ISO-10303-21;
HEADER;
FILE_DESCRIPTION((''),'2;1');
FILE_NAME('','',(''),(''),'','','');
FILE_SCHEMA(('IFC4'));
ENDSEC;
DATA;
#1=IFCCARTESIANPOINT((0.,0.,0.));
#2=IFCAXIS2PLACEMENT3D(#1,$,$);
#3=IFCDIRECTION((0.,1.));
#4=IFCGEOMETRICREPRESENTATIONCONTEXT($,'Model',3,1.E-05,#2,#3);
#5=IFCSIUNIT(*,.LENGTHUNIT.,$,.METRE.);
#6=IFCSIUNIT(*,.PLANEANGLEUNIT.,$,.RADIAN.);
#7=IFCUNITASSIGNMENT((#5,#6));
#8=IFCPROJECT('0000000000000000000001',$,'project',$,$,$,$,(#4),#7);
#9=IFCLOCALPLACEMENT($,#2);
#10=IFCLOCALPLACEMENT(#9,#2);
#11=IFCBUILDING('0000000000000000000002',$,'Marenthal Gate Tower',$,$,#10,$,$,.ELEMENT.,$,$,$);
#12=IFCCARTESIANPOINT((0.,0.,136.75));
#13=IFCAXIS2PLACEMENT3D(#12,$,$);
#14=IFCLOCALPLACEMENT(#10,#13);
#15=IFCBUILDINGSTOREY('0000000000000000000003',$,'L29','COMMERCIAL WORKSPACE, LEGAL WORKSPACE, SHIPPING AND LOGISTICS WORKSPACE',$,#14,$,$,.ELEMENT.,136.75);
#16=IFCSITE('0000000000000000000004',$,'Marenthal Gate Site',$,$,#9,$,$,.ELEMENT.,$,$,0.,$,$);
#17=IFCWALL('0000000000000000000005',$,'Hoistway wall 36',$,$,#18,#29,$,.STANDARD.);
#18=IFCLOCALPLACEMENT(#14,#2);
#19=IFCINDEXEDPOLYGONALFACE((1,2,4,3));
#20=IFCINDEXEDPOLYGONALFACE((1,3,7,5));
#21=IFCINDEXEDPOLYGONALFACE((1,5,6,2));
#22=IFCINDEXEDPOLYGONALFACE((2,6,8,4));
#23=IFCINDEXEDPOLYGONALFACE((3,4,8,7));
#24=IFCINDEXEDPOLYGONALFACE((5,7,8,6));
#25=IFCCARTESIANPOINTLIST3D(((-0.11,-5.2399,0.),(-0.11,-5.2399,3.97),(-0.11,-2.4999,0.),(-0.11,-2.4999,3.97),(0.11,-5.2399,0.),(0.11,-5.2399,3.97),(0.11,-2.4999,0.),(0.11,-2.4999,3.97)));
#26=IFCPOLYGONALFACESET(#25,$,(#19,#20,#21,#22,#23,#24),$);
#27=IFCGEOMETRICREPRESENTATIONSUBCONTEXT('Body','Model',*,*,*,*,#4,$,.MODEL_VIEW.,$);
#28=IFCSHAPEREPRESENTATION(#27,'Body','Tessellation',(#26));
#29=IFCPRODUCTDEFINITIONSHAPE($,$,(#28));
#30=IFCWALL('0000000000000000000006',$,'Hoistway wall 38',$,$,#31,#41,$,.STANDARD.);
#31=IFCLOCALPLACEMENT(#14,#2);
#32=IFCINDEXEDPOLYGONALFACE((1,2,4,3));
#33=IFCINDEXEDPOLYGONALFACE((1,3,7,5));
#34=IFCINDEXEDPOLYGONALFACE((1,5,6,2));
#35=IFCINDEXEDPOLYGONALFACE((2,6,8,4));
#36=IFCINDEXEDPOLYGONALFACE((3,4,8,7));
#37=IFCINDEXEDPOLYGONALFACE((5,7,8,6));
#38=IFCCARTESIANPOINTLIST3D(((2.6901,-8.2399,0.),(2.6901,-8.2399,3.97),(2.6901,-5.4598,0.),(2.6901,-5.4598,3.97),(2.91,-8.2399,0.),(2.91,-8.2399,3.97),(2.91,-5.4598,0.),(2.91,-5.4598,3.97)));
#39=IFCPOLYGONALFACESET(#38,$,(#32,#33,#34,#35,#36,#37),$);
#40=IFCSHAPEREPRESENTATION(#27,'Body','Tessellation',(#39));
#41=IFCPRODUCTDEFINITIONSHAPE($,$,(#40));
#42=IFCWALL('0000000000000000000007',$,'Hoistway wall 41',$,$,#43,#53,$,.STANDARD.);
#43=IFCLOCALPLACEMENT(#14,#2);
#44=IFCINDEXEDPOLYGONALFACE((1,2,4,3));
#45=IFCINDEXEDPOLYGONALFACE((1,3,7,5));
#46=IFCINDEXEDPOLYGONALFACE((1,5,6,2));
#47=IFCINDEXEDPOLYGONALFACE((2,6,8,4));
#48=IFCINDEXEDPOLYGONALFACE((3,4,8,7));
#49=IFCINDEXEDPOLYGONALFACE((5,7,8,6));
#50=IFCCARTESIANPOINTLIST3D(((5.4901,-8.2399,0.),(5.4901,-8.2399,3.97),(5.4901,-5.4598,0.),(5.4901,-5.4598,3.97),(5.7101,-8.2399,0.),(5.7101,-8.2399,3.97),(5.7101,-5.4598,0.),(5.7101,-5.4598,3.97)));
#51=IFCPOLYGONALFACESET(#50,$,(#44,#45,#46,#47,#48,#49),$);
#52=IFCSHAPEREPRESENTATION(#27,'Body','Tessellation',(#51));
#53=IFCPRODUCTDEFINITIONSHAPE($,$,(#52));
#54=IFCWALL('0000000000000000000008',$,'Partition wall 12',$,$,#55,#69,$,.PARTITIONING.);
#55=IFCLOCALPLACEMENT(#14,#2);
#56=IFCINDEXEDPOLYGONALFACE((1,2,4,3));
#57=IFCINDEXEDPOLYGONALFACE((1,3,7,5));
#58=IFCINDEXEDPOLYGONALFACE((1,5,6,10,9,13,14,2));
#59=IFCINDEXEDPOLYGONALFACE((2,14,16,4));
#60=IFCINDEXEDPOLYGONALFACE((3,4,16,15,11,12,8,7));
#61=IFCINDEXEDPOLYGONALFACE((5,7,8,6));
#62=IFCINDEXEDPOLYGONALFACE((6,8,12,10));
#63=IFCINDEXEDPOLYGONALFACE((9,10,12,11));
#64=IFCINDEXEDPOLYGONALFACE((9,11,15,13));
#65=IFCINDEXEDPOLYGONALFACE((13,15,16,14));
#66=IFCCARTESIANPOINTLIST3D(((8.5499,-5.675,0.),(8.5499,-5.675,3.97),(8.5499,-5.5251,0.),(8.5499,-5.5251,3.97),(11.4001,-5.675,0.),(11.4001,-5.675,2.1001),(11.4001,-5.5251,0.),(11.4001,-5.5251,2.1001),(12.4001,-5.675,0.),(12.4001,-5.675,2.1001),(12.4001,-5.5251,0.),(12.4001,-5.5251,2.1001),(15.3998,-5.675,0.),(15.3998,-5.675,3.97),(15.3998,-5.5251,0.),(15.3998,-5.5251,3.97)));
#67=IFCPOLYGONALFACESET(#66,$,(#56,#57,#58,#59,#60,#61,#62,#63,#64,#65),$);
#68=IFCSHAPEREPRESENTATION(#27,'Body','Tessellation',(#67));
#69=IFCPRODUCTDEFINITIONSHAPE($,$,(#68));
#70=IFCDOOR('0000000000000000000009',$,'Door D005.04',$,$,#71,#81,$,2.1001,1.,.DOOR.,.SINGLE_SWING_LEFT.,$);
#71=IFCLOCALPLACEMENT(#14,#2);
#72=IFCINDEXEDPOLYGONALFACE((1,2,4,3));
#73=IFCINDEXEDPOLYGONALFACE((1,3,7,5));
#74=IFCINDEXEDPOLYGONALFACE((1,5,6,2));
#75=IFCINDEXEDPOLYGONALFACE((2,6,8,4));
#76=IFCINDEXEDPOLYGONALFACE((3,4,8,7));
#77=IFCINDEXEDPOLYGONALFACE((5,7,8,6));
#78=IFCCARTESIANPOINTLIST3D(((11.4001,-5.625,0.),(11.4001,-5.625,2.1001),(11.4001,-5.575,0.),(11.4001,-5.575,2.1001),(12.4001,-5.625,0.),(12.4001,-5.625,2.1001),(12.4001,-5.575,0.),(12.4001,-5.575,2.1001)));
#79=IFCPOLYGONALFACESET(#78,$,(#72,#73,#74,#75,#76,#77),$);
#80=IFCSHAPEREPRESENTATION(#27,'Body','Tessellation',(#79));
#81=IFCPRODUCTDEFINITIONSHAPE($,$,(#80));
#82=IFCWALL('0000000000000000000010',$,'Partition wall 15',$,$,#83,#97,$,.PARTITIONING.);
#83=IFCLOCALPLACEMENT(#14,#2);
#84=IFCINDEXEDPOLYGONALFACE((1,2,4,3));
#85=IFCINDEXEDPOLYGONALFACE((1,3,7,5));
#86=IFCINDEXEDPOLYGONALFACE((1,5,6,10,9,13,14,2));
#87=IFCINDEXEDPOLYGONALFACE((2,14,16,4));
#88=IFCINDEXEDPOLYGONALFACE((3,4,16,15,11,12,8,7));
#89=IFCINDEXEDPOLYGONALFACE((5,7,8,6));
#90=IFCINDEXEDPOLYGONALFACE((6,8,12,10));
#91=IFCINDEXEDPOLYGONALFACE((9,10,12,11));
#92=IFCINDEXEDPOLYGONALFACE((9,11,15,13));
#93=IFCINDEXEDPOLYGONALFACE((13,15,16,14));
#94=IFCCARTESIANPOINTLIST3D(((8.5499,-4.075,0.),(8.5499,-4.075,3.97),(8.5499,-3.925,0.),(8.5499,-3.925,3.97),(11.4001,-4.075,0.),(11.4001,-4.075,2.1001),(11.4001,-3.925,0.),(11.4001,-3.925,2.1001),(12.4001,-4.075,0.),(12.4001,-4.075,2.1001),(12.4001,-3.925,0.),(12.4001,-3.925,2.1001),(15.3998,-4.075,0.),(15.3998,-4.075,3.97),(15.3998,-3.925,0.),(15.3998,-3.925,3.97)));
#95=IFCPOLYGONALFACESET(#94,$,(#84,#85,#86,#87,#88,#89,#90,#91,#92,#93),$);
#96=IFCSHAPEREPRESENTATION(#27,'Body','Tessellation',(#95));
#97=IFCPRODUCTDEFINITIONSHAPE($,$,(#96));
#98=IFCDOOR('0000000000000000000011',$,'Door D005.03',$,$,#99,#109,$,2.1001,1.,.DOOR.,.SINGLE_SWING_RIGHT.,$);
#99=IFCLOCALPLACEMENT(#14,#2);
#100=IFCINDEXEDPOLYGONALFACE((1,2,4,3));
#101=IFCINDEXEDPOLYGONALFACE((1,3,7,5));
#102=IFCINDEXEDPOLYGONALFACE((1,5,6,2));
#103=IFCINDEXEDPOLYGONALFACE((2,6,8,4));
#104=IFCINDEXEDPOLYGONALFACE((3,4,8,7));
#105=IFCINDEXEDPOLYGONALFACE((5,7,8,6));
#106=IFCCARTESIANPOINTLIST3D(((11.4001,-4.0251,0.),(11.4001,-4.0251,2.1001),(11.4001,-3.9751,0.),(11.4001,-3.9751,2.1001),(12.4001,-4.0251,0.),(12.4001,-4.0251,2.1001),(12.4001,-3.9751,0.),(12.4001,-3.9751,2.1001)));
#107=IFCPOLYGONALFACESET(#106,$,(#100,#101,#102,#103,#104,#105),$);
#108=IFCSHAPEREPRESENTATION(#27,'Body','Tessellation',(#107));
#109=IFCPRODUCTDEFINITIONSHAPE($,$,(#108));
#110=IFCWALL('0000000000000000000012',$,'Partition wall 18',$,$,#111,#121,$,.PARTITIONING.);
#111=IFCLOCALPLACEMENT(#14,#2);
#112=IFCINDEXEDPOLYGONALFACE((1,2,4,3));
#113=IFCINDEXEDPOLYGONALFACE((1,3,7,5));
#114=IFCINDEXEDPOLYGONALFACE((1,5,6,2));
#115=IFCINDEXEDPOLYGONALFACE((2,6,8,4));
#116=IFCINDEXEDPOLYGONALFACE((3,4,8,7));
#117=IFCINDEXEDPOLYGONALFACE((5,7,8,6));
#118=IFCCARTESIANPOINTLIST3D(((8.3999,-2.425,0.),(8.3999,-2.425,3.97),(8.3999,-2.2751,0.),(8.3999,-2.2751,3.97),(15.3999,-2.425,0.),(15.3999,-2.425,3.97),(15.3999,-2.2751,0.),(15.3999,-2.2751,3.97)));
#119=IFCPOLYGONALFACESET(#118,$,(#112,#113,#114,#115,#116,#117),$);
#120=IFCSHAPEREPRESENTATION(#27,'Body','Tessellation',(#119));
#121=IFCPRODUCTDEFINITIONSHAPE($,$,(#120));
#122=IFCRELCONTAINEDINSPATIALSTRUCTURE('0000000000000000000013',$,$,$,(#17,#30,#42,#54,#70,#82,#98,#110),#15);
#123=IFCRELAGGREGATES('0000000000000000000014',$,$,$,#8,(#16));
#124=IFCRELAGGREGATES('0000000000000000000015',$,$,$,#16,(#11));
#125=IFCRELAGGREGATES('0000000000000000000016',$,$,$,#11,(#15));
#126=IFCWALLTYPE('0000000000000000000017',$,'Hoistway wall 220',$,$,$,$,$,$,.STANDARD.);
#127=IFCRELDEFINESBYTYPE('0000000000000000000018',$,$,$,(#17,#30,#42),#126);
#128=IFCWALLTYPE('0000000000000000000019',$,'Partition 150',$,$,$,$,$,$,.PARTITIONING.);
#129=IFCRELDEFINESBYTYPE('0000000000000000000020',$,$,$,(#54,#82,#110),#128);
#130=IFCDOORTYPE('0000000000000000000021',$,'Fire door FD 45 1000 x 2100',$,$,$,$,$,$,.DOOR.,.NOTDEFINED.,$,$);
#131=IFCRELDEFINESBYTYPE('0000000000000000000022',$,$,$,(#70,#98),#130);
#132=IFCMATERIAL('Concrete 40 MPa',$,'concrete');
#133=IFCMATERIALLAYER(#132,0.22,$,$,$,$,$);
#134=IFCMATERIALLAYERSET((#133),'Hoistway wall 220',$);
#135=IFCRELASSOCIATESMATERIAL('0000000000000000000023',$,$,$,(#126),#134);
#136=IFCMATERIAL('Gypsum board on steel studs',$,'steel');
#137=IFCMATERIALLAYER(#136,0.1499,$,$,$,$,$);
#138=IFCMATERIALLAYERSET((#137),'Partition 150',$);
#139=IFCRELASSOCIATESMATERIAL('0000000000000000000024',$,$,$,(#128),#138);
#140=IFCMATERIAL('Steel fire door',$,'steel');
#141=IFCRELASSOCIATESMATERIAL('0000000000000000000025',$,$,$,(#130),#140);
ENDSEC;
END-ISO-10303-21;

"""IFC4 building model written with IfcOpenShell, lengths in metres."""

from ifc_helpers import new_model, si_unit, direction, frame, frame_2d, origin, place, context, subcontext, project, spatial, rectangle, extrude, material, layer, layer_set, type_object, element, fill, save


model = new_model("IFC4")

# Units and contexts
model_context = context("Model", 3, precision=1e-05, world=origin(), true_north=direction((0.0, 1.0)))
body_context = subcontext(model_context, "Body", "Model", "MODEL_VIEW")
ifc_project = project(units=[si_unit("LENGTHUNIT", "METRE"), si_unit("PLANEANGLEUNIT", "RADIAN")], contexts=[model_context])

# Site, building, storey
site_placement = place(None, origin())
site = spatial("IfcSite", under=ifc_project, at=site_placement, Name="Marenthal Gate Site", CompositionType="ELEMENT", RefElevation=0.0)
building_placement = place(site_placement, origin())
building = spatial("IfcBuilding", under=site, at=building_placement, Name="Marenthal Gate Tower", CompositionType="ELEMENT")
storey_placement = place(building_placement, frame((0.0, 0.0, 136.75)))
storey = spatial("IfcBuildingStorey", under=building, at=storey_placement, Name="L29", Description="COMMERCIAL WORKSPACE, LEGAL WORKSPACE, SHIPPING AND LOGISTICS WORKSPACE", CompositionType="ELEMENT", Elevation=136.75)

# Walls
ifc_material_1 = material(Name="Concrete 40 MPa", Category="concrete")
ifc_layer_1 = layer(ifc_material_1, 0.22)
ifc_layer_set_1 = layer_set([ifc_layer_1], Name="Hoistway wall 220")
wall_type_1 = type_object("IfcWallType", Name="Hoistway wall 220", PredefinedType="STANDARD", material=ifc_layer_set_1)
wall_1_placement = place(storey_placement, frame((0.0, -5.24, 0.0), z_axis=(0.0, 0.0, 1.0), x_axis=(0.0, 1.0, 0.0)))
element("IfcWall", 1, at=wall_1_placement, inside=storey, type_object=wall_type_1, Name="Hoistway wall 36", PredefinedType="STANDARD", context=body_context, shape_type="SweptSolid", body=[
    extrude(rectangle(XDim=2.74, YDim=0.22, at=frame_2d((1.3701, 0.0))), origin(), (0.0, 0.0, 1.0), 3.97),
])
for number, where, z_axis, x_axis, name in (
    (2, (2.8, -8.24, 0.0), (0.0, 0.0, 1.0), (0.0, 1.0, 0.0), "Hoistway wall 38"),
    (3, (5.6001, -8.24, 0.0), (0.0, 0.0, 1.0), (0.0, 1.0, 0.0), "Hoistway wall 41"),
):
    element("IfcWall", number, at=place(storey_placement, frame(where, z_axis=z_axis, x_axis=x_axis)), inside=storey, type_object=wall_type_1, Name=name, PredefinedType="STANDARD", context=body_context, shape_type="SweptSolid", body=[
        extrude(rectangle(XDim=2.78, YDim=0.22, at=frame_2d((1.3901, 0.0))), origin(), (0.0, 0.0, 1.0), 3.97),
    ])

# Walls, openings, doors
ifc_material_2 = material(Name="Gypsum board on steel studs", Category="steel")
ifc_layer_2 = layer(ifc_material_2, 0.1499)
ifc_layer_set_2 = layer_set([ifc_layer_2], Name="Partition 150")
wall_type_2 = type_object("IfcWallType", Name="Partition 150", PredefinedType="PARTITIONING", material=ifc_layer_set_2)
wall_2_placement = place(storey_placement, frame((8.55, -5.6001, 0.0), z_axis=(0.0, 0.0, 1.0), x_axis=(1.0, 0.0, 0.0)))
wall_2 = element("IfcWall", 4, at=wall_2_placement, inside=storey, type_object=wall_type_2, Name="Partition wall 12", PredefinedType="PARTITIONING", context=body_context, shape_type="SweptSolid", body=[
    extrude(rectangle(XDim=6.8499, YDim=0.1499, at=frame_2d((3.4248, 0.0))), origin(), (0.0, 0.0, 1.0), 3.97),
])
opening_1_placement = place(wall_2_placement, frame((2.8501, 0.0, 0.0)))
opening_1 = element("IfcOpeningElement", 5, at=opening_1_placement, cuts=wall_2, PredefinedType="OPENING", context=body_context, shape_type="SweptSolid", body=[
    extrude(rectangle(XDim=1.0, YDim=2.1001, at=frame_2d((0.5, 1.05))), frame((0.0, 0.085, 0.0), z_axis=(0.0, -1.0, 0.0), x_axis=(1.0, 0.0, 0.0)), (0.0, 0.0, 1.0), 0.1699),
])
ifc_material_3 = material(Name="Steel fire door", Category="steel")
door_type_1 = type_object("IfcDoorType", Name="Fire door FD 45 1000 x 2100", OperationType="NOTDEFINED", PredefinedType="DOOR", material=ifc_material_3)
door_1_placement = place(opening_1_placement, frame((1.0, 0.0, 0.0), z_axis=(0.0, 0.0, 1.0), x_axis=(-1.0, 0.0, 0.0)))
door_1 = element("IfcDoor", 6, at=door_1_placement, inside=storey, type_object=door_type_1, Name="Door D005.04", OperationType="SINGLE_SWING_LEFT", OverallHeight=2.1001, OverallWidth=1.0, PredefinedType="DOOR", context=body_context, shape_type="SweptSolid", body=[
    extrude(rectangle(XDim=1.0, YDim=2.1001, at=frame_2d((0.5, 1.05))), frame((0.0, 0.0249, 0.0), z_axis=(0.0, -1.0, 0.0), x_axis=(1.0, 0.0, 0.0)), (0.0, 0.0, 1.0), 0.05),
])
fill(opening_1, door_1)
wall_3_placement = place(storey_placement, frame((8.55, -4.0, 0.0), z_axis=(0.0, 0.0, 1.0), x_axis=(1.0, 0.0, 0.0)))
wall_3 = element("IfcWall", 7, at=wall_3_placement, inside=storey, type_object=wall_type_2, Name="Partition wall 15", PredefinedType="PARTITIONING", context=body_context, shape_type="SweptSolid", body=[
    extrude(rectangle(XDim=6.8499, YDim=0.1499, at=frame_2d((3.4248, 0.0))), origin(), (0.0, 0.0, 1.0), 3.97),
])
opening_2_placement = place(wall_3_placement, frame((2.8501, 0.0, 0.0)))
opening_2 = element("IfcOpeningElement", 8, at=opening_2_placement, cuts=wall_3, PredefinedType="OPENING", context=body_context, shape_type="SweptSolid", body=[
    extrude(rectangle(XDim=1.0, YDim=2.1001, at=frame_2d((0.5, 1.05))), frame((0.0, 0.085, 0.0), z_axis=(0.0, -1.0, 0.0), x_axis=(1.0, 0.0, 0.0)), (0.0, 0.0, 1.0), 0.1699),
])
door_2_placement = place(opening_2_placement, origin())
door_2 = element("IfcDoor", 9, at=door_2_placement, inside=storey, type_object=door_type_1, Name="Door D005.03", OperationType="SINGLE_SWING_RIGHT", OverallHeight=2.1001, OverallWidth=1.0, PredefinedType="DOOR", context=body_context, shape_type="SweptSolid", body=[
    extrude(rectangle(XDim=1.0, YDim=2.1001, at=frame_2d((0.5, 1.05))), frame((0.0, 0.0249, 0.0), z_axis=(0.0, -1.0, 0.0), x_axis=(1.0, 0.0, 0.0)), (0.0, 0.0, 1.0), 0.05),
])
fill(opening_2, door_2)

# Wall
wall_4_placement = place(storey_placement, frame((8.3999, -2.3501, 0.0), z_axis=(0.0, 0.0, 1.0), x_axis=(1.0, 0.0, 0.0)))
element("IfcWall", 10, at=wall_4_placement, inside=storey, type_object=wall_type_2, Name="Partition wall 18", PredefinedType="PARTITIONING", context=body_context, shape_type="SweptSolid", body=[
    extrude(rectangle(XDim=7.0, YDim=0.1499, at=frame_2d((3.5, 0.0))), origin(), (0.0, 0.0, 1.0), 3.97),
])

save(model, "model.ifc")
